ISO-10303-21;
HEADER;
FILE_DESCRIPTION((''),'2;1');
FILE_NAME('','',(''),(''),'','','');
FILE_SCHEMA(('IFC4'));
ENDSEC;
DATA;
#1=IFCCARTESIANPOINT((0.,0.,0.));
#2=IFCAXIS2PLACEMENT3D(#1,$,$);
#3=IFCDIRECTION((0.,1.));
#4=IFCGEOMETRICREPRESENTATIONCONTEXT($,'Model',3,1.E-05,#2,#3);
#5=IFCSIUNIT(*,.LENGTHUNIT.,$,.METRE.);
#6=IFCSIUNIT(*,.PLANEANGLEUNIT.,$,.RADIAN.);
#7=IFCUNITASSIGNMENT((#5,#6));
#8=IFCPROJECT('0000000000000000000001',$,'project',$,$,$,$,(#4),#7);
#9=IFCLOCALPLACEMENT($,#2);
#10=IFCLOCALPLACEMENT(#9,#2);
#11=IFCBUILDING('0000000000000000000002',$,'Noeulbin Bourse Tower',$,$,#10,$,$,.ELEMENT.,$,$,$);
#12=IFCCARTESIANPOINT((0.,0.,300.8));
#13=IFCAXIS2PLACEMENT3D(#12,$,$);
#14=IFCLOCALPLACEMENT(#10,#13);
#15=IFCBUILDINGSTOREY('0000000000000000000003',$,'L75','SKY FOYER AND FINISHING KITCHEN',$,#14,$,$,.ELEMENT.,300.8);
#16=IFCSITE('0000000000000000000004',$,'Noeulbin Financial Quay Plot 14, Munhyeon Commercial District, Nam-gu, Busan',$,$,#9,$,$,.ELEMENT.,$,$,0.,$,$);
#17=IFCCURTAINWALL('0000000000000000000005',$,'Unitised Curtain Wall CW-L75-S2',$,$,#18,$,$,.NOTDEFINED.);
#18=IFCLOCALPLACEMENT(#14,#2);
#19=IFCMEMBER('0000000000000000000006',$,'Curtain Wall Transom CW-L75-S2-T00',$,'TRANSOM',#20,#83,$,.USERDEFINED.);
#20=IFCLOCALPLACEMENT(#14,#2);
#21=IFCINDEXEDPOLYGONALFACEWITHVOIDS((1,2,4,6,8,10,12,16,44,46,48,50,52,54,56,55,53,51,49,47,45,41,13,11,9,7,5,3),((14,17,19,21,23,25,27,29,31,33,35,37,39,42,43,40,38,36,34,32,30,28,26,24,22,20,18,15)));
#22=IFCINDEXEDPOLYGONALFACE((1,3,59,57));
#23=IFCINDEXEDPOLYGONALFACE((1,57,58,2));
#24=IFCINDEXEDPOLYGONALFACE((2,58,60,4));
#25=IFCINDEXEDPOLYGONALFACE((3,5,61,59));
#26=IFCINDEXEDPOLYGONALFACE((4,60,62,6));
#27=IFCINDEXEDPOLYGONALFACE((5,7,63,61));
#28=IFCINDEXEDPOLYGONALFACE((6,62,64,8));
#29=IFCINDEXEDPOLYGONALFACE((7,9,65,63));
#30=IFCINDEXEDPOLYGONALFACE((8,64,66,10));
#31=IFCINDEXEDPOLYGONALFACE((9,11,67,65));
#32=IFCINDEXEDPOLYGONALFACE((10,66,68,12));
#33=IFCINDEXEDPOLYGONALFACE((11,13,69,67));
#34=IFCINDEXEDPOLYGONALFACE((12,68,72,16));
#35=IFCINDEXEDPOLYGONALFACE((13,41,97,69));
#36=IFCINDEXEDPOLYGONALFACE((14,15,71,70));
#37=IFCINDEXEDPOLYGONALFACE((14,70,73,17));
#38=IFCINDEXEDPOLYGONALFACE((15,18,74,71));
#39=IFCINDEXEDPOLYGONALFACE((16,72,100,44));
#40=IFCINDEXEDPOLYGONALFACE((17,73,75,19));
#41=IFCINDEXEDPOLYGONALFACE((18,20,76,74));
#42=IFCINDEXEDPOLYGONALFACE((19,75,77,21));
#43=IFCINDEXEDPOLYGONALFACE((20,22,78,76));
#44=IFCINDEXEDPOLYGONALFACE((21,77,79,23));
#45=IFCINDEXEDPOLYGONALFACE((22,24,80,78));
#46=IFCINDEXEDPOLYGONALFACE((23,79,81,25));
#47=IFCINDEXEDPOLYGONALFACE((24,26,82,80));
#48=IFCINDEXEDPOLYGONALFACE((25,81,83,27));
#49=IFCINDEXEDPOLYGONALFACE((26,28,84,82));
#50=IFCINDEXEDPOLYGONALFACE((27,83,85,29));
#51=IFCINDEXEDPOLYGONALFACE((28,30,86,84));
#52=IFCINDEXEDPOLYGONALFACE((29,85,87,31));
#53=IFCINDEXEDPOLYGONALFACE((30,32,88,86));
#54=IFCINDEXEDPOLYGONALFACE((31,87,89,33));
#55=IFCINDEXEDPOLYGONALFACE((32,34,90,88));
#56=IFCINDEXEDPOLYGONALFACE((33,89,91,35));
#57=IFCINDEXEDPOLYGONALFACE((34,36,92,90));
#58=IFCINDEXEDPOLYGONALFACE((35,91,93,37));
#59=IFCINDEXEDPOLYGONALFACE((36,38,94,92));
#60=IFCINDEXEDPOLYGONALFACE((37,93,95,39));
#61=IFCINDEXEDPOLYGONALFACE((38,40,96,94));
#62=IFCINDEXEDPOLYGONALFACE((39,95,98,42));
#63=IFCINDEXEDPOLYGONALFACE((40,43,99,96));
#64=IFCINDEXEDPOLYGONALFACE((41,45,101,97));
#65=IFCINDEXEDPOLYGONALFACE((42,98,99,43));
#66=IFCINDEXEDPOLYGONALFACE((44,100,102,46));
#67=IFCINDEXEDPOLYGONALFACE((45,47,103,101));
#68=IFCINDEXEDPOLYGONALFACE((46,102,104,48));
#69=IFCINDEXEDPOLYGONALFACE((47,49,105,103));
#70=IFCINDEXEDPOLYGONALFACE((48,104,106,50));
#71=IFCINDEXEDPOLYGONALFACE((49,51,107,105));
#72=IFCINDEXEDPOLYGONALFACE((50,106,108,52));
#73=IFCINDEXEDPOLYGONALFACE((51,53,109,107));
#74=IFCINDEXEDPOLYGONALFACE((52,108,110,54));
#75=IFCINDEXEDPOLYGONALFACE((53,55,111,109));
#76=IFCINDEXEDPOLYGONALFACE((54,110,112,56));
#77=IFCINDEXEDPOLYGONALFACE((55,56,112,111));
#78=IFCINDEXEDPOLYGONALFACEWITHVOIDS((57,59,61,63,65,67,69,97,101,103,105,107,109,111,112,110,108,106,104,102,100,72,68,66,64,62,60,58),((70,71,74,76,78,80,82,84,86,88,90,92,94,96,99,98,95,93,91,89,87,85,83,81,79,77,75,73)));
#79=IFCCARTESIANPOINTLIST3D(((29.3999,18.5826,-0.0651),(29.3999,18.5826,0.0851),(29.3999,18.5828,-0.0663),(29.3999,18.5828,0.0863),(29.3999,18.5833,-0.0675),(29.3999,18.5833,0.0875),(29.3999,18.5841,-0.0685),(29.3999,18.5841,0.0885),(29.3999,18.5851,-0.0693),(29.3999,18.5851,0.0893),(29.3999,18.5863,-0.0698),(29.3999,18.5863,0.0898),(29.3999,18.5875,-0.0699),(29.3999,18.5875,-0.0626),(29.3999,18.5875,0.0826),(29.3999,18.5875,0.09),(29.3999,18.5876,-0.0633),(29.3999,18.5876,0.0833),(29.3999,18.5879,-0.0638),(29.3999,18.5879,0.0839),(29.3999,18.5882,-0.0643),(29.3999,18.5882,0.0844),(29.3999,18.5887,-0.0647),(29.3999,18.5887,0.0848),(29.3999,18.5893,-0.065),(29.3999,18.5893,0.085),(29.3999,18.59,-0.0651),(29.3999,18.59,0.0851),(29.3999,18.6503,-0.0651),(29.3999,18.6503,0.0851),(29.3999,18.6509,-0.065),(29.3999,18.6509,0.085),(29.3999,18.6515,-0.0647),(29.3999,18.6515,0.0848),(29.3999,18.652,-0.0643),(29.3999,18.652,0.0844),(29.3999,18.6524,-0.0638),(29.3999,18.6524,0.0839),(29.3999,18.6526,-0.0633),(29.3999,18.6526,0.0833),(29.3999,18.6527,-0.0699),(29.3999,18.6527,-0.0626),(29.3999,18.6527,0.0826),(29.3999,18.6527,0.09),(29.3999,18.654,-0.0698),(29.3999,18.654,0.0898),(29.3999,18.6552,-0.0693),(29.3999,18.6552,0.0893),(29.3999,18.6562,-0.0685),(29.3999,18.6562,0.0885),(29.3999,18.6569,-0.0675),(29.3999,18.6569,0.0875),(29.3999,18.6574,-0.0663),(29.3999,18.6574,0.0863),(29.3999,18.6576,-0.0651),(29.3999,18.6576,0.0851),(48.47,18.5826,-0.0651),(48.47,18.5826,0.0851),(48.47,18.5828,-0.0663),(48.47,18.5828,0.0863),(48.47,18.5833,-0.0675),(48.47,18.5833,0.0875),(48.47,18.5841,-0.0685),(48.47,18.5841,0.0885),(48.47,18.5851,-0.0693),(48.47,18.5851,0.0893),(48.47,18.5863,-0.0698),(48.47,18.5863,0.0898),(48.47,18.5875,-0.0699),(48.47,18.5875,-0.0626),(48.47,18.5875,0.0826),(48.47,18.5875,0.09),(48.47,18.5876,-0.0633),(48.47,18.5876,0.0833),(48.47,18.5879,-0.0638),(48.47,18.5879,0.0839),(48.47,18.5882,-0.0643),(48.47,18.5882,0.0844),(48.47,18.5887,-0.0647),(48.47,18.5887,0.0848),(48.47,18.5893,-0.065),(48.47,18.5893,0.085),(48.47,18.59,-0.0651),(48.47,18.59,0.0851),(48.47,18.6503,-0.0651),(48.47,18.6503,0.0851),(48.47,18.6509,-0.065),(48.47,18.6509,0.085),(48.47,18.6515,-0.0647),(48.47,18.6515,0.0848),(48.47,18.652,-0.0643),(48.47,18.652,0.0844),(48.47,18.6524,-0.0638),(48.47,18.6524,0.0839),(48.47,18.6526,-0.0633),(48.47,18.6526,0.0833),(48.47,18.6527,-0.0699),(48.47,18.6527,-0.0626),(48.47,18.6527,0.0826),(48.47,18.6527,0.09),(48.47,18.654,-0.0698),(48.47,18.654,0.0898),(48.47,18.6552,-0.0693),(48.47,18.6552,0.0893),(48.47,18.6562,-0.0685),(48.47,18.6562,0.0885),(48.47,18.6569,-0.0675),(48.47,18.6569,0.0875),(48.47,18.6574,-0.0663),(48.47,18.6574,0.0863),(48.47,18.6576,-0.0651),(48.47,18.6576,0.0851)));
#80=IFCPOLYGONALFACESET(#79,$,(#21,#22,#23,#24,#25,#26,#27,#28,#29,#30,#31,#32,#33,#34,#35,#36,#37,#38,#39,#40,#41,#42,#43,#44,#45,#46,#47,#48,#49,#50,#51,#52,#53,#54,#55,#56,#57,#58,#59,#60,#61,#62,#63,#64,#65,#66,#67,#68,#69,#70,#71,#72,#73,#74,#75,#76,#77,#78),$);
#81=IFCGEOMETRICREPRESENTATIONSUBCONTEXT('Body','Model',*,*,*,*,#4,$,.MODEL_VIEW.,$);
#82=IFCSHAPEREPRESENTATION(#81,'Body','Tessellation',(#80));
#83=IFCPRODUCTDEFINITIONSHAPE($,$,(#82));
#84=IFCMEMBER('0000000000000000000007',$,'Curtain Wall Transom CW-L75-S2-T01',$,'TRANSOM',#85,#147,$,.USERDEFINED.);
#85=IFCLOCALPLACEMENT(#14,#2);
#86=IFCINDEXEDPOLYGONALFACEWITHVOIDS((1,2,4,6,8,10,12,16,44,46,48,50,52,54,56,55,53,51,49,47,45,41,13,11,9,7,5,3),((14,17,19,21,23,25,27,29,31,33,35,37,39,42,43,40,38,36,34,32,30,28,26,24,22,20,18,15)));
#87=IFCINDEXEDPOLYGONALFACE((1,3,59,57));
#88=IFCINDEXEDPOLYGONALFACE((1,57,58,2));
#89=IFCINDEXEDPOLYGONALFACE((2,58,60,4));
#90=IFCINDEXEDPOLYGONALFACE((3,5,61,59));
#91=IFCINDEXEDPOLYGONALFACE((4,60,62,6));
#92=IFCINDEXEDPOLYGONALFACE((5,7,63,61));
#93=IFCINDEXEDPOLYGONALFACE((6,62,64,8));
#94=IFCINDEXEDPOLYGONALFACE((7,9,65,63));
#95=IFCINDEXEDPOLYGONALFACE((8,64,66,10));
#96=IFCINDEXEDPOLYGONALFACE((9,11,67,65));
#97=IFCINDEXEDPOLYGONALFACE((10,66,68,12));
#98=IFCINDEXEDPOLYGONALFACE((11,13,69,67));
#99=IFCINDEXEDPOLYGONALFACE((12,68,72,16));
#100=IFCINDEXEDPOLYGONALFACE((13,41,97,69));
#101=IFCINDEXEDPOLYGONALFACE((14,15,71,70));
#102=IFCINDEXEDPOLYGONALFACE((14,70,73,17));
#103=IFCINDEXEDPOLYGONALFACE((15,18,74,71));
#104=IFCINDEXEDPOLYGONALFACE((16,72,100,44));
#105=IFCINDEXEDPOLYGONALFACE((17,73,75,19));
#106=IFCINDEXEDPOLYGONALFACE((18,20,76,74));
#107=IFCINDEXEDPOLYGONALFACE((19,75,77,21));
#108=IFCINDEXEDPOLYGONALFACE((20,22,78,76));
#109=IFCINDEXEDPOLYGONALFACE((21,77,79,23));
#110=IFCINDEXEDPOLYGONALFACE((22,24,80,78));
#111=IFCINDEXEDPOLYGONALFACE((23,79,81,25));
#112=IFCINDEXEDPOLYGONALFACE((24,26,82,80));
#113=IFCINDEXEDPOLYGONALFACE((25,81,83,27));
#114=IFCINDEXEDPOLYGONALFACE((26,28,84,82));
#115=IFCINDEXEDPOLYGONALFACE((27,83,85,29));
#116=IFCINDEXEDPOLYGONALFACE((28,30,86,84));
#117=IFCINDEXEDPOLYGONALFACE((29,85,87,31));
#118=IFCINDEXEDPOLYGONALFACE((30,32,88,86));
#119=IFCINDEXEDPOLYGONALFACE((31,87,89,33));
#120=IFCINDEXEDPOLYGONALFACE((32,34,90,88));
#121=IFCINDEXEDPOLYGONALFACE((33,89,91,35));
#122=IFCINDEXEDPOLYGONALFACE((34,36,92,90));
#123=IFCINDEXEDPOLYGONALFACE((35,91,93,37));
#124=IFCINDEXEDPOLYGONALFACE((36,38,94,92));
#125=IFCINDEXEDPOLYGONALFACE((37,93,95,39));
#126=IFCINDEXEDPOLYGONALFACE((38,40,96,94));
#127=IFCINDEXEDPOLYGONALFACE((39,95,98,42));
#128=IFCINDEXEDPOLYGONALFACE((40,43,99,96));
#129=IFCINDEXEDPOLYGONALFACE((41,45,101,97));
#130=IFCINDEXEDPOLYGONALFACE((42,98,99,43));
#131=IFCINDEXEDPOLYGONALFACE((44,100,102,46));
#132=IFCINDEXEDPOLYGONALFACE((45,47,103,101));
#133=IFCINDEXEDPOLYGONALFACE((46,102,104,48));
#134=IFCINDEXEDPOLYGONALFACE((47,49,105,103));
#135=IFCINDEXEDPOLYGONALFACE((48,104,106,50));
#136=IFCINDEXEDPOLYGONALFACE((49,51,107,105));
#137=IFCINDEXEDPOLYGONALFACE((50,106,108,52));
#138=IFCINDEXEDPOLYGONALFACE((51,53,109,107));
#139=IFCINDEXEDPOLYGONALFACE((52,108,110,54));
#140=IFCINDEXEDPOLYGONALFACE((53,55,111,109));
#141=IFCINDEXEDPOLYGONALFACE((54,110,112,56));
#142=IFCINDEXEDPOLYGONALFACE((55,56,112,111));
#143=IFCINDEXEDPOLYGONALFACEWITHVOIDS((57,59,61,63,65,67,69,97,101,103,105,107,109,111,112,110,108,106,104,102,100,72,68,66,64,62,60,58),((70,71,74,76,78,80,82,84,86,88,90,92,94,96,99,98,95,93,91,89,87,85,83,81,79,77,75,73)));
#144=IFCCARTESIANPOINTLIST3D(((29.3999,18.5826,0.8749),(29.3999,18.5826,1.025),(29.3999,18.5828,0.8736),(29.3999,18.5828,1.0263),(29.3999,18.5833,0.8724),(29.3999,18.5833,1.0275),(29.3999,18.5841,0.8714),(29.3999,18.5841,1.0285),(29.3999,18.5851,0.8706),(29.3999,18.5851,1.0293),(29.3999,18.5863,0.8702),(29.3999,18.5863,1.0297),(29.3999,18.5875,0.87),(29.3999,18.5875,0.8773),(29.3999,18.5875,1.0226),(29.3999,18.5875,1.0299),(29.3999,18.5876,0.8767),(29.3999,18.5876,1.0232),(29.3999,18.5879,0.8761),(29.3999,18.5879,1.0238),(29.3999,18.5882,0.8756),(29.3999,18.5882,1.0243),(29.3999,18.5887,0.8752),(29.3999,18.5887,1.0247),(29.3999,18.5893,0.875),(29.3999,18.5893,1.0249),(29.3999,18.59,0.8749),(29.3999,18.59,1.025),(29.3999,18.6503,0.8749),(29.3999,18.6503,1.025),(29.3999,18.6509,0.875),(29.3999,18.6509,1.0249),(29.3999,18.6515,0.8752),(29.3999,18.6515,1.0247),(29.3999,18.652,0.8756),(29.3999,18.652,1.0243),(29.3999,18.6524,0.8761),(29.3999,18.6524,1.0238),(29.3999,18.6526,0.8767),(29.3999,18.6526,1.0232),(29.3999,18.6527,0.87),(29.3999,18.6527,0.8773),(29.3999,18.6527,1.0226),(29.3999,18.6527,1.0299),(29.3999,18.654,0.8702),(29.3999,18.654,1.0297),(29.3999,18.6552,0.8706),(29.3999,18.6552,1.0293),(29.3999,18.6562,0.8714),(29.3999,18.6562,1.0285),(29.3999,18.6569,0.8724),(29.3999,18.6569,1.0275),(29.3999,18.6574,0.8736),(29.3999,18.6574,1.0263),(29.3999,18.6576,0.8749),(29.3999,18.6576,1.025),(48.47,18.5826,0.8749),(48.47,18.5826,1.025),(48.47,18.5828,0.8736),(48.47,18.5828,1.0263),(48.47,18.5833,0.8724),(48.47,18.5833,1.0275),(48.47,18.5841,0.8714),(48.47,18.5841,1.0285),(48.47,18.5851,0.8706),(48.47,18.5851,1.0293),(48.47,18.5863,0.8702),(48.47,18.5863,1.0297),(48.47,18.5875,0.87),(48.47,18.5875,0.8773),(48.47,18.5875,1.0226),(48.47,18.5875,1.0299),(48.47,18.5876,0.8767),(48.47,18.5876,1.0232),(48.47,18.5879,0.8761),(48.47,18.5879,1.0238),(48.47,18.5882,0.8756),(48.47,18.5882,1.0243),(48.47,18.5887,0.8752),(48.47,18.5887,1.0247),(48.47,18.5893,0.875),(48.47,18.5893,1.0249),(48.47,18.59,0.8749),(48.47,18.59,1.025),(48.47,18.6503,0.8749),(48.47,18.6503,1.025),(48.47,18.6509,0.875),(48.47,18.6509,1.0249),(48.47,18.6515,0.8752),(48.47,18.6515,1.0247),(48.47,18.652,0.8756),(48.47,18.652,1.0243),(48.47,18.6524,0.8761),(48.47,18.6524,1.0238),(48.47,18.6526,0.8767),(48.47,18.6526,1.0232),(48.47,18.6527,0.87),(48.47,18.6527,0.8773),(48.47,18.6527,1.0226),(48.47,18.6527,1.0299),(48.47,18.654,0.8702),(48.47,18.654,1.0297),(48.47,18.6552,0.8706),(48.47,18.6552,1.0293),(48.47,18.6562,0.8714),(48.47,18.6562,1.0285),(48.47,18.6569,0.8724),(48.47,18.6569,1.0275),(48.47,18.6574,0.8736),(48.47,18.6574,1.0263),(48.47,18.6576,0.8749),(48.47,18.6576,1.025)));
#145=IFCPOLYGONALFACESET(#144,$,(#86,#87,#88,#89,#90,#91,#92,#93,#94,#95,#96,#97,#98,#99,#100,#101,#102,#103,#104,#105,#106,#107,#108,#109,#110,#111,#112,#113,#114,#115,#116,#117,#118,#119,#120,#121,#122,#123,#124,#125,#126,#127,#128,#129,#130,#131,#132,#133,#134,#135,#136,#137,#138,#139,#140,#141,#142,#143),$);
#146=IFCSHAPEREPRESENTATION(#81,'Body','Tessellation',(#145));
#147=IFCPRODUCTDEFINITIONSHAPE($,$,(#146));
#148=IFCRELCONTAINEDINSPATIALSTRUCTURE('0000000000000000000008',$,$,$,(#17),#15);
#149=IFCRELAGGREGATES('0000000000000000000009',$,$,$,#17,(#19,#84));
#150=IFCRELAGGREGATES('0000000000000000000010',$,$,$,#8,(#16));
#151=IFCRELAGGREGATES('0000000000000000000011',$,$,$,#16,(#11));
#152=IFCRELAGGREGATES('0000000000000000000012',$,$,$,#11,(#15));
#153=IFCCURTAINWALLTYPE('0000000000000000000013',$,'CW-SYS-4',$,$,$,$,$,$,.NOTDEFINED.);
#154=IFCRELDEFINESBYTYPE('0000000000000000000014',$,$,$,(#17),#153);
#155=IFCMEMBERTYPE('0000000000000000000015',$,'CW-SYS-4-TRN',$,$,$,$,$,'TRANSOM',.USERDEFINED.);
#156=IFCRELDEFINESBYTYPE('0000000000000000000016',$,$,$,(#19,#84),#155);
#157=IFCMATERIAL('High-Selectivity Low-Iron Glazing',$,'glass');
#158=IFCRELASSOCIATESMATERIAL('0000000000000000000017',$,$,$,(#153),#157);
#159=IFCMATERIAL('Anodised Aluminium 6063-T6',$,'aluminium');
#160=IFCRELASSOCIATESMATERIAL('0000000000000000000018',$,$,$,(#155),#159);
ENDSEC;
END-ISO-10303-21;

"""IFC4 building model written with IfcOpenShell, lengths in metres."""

from ifc_helpers import new_model, si_unit, direction, frame, origin, origin_2d, place, context, subcontext, project, spatial, hollow_rectangle, extrude, material, material_profile, profile_set, type_object, element, aggregate, save


model = new_model("IFC4")

# Units and contexts
model_context = context("Model", 3, precision=1e-05, world=origin(), true_north=direction((0.0, 1.0)))
body_context = subcontext(model_context, "Body", "Model", "MODEL_VIEW")
ifc_project = project(units=[si_unit("LENGTHUNIT", "METRE"), si_unit("PLANEANGLEUNIT", "RADIAN")], contexts=[model_context])

# Site, building, storey
site_placement = place(None, origin())
site = spatial("IfcSite", under=ifc_project, at=site_placement, Name="Noeulbin Financial Quay Plot 14, Munhyeon Commercial District, Nam-gu, Busan", CompositionType="ELEMENT", RefElevation=0.0)
building_placement = place(site_placement, origin())
building = spatial("IfcBuilding", under=site, at=building_placement, Name="Noeulbin Bourse Tower", CompositionType="ELEMENT")
storey_placement = place(building_placement, frame((0.0, 0.0, 300.8)))
storey = spatial("IfcBuildingStorey", under=building, at=storey_placement, Name="L75", Description="SKY FOYER AND FINISHING KITCHEN", CompositionType="ELEMENT", Elevation=300.8)

# Shared definitions
ifc_material_1 = material(Name="High-Selectivity Low-Iron Glazing", Category="glass")
curtain_wall_type = type_object("IfcCurtainWallType", Name="CW-SYS-4", PredefinedType="NOTDEFINED", material=ifc_material_1)
ifc_material_2 = material(Name="Anodised Aluminium 6063-T6", Category="aluminium")

# Curtain wall
curtain_wall_1_placement = place(storey_placement, origin())
curtain_wall_1 = element("IfcCurtainWall", 1, at=curtain_wall_1_placement, inside=storey, type_object=curtain_wall_type, Name="Unitised Curtain Wall CW-L75-S2", PredefinedType="NOTDEFINED")

# Members
ifc_material_profile_1 = material_profile(ifc_material_2, hollow_rectangle(XDim=0.075, YDim=0.1599, WallThickness=0.0049, InnerFilletRadius=0.0024, OuterFilletRadius=0.0049, at=origin_2d()), Name="ALU-TRAN-75x160x5", Category="LoadBearing")
ifc_profile_set_1 = profile_set([ifc_material_profile_1], Name="Anodised Aluminium 6063-T6")
member_type_1 = type_object("IfcMemberType", Name="CW-SYS-4-TRN", ElementType="TRANSOM", PredefinedType="USERDEFINED", material=ifc_profile_set_1)
member_1_placement = place(storey_placement, frame((29.3999, 18.6201, 0.01), z_axis=(1.0, 0.0, 0.0), x_axis=(0.0, 1.0, 0.0)))
member_1 = element("IfcMember", 2, at=member_1_placement, type_object=member_type_1, Name="Curtain Wall Transom CW-L75-S2-T00", ObjectType="TRANSOM", PredefinedType="USERDEFINED", context=body_context, shape_type="SweptSolid", body=[
    extrude(hollow_rectangle(XDim=0.075, YDim=0.1599, WallThickness=0.0049, InnerFilletRadius=0.0024, OuterFilletRadius=0.0049, at=origin_2d()), origin(), (0.0, 0.0, 1.0), 19.0701),
])
member_2_placement = place(storey_placement, frame((29.3999, 18.6201, 0.95), z_axis=(1.0, 0.0, 0.0), x_axis=(0.0, 1.0, 0.0)))
member_2 = element("IfcMember", 3, at=member_2_placement, type_object=member_type_1, Name="Curtain Wall Transom CW-L75-S2-T01", ObjectType="TRANSOM", PredefinedType="USERDEFINED", context=body_context, shape_type="SweptSolid", body=[
    extrude(hollow_rectangle(XDim=0.075, YDim=0.1599, WallThickness=0.0049, InnerFilletRadius=0.0024, OuterFilletRadius=0.0049, at=origin_2d()), origin(), (0.0, 0.0, 1.0), 19.0701),
])

aggregate(curtain_wall_1, [member_1, member_2])

save(model, "model.ifc")
